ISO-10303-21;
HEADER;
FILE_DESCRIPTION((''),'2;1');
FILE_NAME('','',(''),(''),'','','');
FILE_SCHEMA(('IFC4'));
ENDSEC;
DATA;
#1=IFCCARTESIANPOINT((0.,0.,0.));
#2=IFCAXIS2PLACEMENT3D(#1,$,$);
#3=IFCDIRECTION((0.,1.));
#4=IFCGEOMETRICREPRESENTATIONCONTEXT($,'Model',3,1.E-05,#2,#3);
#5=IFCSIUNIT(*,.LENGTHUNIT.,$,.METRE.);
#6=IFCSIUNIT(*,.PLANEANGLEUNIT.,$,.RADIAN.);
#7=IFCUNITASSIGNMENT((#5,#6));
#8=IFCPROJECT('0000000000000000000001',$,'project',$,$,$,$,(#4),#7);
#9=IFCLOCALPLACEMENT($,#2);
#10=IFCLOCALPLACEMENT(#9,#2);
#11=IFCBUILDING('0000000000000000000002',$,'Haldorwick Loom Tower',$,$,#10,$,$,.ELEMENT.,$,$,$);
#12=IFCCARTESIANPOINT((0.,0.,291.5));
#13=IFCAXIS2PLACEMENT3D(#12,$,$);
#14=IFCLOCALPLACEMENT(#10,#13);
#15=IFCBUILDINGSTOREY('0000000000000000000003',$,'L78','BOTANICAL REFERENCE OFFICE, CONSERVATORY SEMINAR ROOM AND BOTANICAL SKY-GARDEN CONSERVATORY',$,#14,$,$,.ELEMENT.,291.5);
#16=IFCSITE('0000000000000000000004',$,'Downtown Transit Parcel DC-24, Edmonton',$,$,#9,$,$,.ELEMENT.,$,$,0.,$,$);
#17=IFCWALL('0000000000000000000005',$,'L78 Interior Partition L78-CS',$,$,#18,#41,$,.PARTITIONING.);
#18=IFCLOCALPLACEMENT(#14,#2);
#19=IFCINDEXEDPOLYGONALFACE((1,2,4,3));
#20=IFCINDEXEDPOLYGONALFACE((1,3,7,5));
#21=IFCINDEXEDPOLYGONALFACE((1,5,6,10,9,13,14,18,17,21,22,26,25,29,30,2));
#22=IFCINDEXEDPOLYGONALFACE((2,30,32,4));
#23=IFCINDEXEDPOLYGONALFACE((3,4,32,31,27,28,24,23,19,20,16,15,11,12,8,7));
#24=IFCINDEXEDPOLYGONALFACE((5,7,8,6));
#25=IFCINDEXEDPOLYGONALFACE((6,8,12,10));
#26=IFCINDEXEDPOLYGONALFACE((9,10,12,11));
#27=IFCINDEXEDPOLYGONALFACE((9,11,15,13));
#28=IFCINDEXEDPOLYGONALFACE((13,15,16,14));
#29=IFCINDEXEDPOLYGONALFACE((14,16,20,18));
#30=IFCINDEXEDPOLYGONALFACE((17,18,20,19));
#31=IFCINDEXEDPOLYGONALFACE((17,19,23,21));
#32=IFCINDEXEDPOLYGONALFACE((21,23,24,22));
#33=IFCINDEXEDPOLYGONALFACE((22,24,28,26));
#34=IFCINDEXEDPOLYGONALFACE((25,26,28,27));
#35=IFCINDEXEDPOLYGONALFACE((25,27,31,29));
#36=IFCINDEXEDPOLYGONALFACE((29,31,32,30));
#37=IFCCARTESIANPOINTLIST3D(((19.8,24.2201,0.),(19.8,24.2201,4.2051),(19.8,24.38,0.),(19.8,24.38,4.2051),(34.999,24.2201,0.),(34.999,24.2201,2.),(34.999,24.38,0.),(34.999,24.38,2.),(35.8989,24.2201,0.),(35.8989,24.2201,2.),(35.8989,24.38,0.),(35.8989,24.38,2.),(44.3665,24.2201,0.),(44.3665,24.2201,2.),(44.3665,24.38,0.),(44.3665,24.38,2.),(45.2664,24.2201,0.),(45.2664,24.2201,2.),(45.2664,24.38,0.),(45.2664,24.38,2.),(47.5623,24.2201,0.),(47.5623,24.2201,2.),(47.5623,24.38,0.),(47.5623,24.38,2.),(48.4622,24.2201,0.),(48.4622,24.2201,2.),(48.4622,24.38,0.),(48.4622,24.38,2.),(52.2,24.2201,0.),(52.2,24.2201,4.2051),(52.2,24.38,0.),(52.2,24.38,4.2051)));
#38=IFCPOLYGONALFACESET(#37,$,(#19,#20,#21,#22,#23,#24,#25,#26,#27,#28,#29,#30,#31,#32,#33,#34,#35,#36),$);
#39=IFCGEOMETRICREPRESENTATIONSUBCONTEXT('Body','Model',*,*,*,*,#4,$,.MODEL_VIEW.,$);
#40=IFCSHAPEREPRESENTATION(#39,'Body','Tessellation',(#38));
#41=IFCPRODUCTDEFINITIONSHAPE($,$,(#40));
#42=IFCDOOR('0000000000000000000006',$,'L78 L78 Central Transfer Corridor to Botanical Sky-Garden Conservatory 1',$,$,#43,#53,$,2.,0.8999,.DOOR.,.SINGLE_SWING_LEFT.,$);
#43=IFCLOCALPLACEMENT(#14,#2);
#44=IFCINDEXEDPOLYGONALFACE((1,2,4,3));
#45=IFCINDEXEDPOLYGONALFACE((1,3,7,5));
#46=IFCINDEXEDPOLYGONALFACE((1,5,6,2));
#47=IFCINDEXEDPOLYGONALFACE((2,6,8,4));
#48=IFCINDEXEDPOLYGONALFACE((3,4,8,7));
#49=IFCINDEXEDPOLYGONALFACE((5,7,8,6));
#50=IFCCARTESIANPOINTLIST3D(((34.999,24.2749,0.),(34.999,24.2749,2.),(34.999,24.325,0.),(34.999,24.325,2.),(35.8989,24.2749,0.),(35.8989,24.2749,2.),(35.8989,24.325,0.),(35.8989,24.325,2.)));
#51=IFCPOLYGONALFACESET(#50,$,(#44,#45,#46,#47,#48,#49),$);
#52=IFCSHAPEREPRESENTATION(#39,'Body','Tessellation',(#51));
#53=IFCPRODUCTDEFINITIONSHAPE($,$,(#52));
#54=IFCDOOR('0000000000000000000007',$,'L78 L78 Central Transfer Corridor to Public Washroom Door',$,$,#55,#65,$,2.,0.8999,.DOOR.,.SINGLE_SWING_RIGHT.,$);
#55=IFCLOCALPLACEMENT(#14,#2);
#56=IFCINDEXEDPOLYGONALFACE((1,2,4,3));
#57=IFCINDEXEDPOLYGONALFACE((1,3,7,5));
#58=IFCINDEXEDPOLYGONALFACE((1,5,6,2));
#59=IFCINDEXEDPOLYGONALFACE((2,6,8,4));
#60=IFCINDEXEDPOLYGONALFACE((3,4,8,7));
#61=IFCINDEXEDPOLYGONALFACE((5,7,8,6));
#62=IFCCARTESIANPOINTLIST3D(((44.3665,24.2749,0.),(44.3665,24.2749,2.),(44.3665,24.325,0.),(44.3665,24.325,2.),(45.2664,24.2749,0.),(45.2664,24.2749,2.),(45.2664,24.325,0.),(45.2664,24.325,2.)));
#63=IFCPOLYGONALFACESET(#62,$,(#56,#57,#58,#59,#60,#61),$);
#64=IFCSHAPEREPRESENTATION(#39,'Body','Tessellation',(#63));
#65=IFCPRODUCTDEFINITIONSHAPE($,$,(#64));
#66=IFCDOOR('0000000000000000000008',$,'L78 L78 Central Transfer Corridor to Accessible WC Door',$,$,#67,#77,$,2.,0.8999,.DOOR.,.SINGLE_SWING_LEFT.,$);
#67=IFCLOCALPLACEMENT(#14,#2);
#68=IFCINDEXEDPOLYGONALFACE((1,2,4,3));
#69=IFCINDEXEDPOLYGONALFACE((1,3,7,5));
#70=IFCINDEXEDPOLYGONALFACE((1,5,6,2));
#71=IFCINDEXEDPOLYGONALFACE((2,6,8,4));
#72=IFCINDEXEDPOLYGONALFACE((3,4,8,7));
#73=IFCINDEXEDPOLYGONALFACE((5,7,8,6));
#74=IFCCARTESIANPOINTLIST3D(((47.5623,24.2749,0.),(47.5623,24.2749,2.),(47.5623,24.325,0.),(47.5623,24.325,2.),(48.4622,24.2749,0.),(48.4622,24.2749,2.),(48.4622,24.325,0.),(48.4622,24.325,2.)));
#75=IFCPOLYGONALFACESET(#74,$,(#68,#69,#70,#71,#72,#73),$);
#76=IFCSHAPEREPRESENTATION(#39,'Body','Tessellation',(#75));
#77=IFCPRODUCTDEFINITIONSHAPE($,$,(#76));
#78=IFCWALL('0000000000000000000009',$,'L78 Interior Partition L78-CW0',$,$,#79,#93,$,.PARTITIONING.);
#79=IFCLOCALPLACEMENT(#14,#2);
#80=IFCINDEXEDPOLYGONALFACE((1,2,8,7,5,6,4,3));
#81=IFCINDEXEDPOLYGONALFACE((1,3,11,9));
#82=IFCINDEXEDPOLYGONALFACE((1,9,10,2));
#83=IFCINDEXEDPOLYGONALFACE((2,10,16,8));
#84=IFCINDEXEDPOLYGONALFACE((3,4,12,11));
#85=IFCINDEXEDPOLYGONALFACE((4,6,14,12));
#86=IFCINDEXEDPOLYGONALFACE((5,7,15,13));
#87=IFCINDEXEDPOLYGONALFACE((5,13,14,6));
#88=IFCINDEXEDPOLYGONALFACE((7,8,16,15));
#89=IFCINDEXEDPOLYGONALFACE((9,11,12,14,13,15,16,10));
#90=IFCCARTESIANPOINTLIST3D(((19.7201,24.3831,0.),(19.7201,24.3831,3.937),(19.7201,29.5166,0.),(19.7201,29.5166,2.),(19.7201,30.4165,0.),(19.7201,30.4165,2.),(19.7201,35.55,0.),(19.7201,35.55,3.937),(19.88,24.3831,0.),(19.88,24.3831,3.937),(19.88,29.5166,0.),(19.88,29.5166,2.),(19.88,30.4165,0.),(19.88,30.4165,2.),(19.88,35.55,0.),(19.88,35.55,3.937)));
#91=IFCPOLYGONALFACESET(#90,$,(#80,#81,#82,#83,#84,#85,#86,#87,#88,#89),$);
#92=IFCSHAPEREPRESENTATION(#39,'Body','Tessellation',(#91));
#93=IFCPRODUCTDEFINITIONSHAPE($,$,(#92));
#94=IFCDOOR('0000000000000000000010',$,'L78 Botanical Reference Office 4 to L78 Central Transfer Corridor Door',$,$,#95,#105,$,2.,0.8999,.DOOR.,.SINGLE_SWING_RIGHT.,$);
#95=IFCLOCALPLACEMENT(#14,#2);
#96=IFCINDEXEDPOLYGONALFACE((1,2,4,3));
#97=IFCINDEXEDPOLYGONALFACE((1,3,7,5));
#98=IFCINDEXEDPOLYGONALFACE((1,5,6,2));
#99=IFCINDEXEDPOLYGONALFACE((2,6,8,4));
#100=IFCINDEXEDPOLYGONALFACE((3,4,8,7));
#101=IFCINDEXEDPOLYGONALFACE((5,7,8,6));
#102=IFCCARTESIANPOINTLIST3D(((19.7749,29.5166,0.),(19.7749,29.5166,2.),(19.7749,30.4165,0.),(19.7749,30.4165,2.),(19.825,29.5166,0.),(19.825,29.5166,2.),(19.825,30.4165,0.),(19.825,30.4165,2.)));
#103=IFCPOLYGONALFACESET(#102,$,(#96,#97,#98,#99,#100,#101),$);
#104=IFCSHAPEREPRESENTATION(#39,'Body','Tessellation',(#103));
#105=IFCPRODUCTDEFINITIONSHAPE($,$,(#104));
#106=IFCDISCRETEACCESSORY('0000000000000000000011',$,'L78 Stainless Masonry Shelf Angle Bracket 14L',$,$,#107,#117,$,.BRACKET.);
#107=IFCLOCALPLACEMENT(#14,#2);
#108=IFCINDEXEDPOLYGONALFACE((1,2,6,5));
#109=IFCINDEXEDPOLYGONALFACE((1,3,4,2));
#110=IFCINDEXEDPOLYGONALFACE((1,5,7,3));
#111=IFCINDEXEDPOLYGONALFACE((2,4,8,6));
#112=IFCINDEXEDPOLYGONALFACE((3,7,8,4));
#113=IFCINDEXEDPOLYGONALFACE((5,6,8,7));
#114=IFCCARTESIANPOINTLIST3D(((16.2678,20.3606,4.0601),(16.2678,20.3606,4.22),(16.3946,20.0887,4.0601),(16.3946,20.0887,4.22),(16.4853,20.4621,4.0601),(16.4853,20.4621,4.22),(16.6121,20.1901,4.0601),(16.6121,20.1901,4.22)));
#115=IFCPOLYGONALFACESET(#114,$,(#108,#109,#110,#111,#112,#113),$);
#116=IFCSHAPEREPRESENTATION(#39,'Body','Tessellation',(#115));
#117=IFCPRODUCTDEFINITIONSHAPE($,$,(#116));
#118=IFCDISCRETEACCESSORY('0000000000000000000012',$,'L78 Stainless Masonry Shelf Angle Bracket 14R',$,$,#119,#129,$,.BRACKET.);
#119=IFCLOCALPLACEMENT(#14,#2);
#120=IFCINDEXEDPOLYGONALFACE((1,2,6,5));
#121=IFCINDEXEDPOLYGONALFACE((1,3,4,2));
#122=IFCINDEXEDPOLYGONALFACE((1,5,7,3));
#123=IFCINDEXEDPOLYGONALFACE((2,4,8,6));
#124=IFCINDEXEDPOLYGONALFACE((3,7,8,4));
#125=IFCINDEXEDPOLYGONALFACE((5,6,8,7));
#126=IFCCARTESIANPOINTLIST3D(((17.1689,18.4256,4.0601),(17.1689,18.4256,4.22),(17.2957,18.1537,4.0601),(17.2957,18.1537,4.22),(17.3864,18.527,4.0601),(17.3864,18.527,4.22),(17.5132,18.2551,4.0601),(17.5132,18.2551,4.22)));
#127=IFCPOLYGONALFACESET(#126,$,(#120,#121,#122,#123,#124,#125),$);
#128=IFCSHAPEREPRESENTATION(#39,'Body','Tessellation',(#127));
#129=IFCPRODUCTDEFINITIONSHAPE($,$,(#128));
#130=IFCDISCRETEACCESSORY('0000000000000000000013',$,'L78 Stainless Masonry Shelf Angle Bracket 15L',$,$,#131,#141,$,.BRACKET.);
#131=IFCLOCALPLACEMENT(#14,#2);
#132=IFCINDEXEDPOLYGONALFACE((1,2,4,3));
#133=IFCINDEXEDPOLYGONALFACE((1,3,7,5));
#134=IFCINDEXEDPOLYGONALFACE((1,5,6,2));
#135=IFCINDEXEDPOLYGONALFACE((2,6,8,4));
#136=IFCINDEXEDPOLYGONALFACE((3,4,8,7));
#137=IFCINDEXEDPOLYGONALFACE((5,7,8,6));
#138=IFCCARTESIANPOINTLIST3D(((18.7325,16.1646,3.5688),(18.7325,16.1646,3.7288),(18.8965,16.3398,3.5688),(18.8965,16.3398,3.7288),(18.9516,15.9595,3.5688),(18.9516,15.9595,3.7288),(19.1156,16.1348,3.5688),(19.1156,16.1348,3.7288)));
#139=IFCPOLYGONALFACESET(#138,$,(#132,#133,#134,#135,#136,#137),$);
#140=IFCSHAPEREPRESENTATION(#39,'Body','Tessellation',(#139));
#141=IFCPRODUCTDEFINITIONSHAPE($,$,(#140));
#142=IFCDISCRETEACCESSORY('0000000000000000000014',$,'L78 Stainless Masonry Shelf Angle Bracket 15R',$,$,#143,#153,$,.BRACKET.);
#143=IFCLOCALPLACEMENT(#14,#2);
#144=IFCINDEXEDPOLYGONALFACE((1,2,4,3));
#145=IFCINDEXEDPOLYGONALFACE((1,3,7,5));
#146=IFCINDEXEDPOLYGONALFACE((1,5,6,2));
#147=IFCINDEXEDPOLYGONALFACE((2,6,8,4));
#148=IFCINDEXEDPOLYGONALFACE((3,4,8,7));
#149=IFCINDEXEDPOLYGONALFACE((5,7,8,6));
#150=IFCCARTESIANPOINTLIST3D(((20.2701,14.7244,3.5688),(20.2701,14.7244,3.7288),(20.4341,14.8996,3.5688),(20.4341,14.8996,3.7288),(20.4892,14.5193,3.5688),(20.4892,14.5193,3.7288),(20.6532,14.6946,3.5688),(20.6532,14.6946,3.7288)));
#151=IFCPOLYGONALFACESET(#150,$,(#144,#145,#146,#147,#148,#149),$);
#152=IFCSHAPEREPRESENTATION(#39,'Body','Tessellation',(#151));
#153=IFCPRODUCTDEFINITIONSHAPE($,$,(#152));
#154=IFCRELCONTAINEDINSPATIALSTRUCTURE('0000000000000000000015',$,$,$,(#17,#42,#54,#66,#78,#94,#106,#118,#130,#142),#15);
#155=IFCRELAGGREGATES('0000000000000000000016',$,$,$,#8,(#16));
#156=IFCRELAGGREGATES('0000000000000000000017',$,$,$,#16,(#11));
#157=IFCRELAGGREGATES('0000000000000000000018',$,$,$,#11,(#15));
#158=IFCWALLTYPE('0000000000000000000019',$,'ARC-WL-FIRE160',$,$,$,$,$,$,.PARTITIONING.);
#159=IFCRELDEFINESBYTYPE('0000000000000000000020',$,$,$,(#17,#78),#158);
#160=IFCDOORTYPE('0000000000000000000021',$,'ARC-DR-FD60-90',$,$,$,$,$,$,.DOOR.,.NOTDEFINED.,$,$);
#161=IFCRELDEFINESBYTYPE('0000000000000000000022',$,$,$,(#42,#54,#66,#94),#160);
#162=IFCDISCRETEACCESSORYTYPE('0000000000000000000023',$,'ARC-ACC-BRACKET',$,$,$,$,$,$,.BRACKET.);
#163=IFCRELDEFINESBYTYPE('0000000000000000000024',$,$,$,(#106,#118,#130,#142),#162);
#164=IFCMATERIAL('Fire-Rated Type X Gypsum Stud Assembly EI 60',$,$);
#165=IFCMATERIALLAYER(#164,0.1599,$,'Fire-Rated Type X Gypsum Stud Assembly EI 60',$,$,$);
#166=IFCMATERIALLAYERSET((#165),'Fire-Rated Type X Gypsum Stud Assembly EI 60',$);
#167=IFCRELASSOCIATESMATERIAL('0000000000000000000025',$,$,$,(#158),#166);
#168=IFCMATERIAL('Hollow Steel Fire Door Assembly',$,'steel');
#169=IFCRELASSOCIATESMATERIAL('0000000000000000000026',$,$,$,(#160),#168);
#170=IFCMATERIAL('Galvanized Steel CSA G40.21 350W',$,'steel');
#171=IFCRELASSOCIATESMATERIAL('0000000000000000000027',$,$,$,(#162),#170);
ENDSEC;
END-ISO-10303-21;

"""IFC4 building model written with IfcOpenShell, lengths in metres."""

from ifc_helpers import new_model, si_unit, direction, frame, frame_2d, origin, origin_2d, place, context, subcontext, project, spatial, rectangle, extrude, material, layer, layer_set, type_object, element, fill, save


model = new_model("IFC4")

# Units and contexts
model_context = context("Model", 3, precision=1e-05, world=origin(), true_north=direction((0.0, 1.0)))
body_context = subcontext(model_context, "Body", "Model", "MODEL_VIEW")
ifc_project = project(units=[si_unit("LENGTHUNIT", "METRE"), si_unit("PLANEANGLEUNIT", "RADIAN")], contexts=[model_context])

# Site, building, storey
site_placement = place(None, origin())
site = spatial("IfcSite", under=ifc_project, at=site_placement, Name="Downtown Transit Parcel DC-24, Edmonton", CompositionType="ELEMENT", RefElevation=0.0)
building_placement = place(site_placement, origin())
building = spatial("IfcBuilding", under=site, at=building_placement, Name="Haldorwick Loom Tower", CompositionType="ELEMENT")
storey_placement = place(building_placement, frame((0.0, 0.0, 291.5)))
storey = spatial("IfcBuildingStorey", under=building, at=storey_placement, Name="L78", Description="BOTANICAL REFERENCE OFFICE, CONSERVATORY SEMINAR ROOM AND BOTANICAL SKY-GARDEN CONSERVATORY", CompositionType="ELEMENT", Elevation=291.5)

# Wall, openings, doors
ifc_material_1 = material(Name="Fire-Rated Type X Gypsum Stud Assembly EI 60")
ifc_layer_1 = layer(ifc_material_1, 0.1599, Name="Fire-Rated Type X Gypsum Stud Assembly EI 60")
ifc_layer_set_1 = layer_set([ifc_layer_1], Name="Fire-Rated Type X Gypsum Stud Assembly EI 60")
wall_type_1 = type_object("IfcWallType", Name="ARC-WL-FIRE160", PredefinedType="PARTITIONING", material=ifc_layer_set_1)
wall_1_placement = place(storey_placement, frame((19.8, 24.3, 0.0), z_axis=(0.0, 0.0, 1.0), x_axis=(1.0, 0.0, 0.0)))
wall_1 = element("IfcWall", 1, at=wall_1_placement, inside=storey, type_object=wall_type_1, Name="L78 Interior Partition L78-CS", PredefinedType="PARTITIONING", context=body_context, shape_type="SweptSolid", body=[
    extrude(rectangle(XDim=32.3999, YDim=0.1599, at=frame_2d((16.2, 0.0))), origin(), (0.0, 0.0, 1.0), 4.2051),
])
opening_1_placement = place(wall_1_placement, frame((15.199, 0.0, 0.0)))
opening_1 = element("IfcOpeningElement", 2, at=opening_1_placement, cuts=wall_1, PredefinedType="OPENING", context=body_context, shape_type="SweptSolid", body=[
    extrude(rectangle(XDim=0.8999, YDim=2.0, at=frame_2d((0.45, 1.0))), frame((0.0, 0.0898, 0.0), z_axis=(0.0, -1.0, 0.0), x_axis=(1.0, 0.0, 0.0)), (0.0, 0.0, 1.0), 0.1799),
])
opening_2_placement = place(wall_1_placement, frame((24.5664, 0.0, 0.0)))
opening_2 = element("IfcOpeningElement", 3, at=opening_2_placement, cuts=wall_1, PredefinedType="OPENING", context=body_context, shape_type="SweptSolid", body=[
    extrude(rectangle(XDim=0.8999, YDim=2.0, at=frame_2d((0.45, 1.0))), frame((0.0, 0.0898, 0.0), z_axis=(0.0, -1.0, 0.0), x_axis=(1.0, 0.0, 0.0)), (0.0, 0.0, 1.0), 0.1799),
])
opening_3_placement = place(wall_1_placement, frame((27.7622, 0.0, 0.0)))
opening_3 = element("IfcOpeningElement", 4, at=opening_3_placement, cuts=wall_1, PredefinedType="OPENING", context=body_context, shape_type="SweptSolid", body=[
    extrude(rectangle(XDim=0.8999, YDim=2.0, at=frame_2d((0.45, 1.0))), frame((0.0, 0.0898, 0.0), z_axis=(0.0, -1.0, 0.0), x_axis=(1.0, 0.0, 0.0)), (0.0, 0.0, 1.0), 0.1799),
])
ifc_material_2 = material(Name="Hollow Steel Fire Door Assembly", Category="steel")
door_type = type_object("IfcDoorType", Name="ARC-DR-FD60-90", OperationType="NOTDEFINED", PredefinedType="DOOR", material=ifc_material_2)
door_1_placement = place(opening_1_placement, origin())
door_1 = element("IfcDoor", 5, at=door_1_placement, inside=storey, type_object=door_type, Name="L78 L78 Central Transfer Corridor to Botanical Sky-Garden Conservatory 1", OperationType="SINGLE_SWING_LEFT", OverallHeight=2.0, OverallWidth=0.8999, PredefinedType="DOOR", context=body_context, shape_type="SweptSolid", body=[
    extrude(rectangle(XDim=0.8999, YDim=2.0, at=frame_2d((0.45, 1.0))), frame((0.0, 0.0249, 0.0), z_axis=(0.0, -1.0, 0.0), x_axis=(1.0, 0.0, 0.0)), (0.0, 0.0, 1.0), 0.05),
])
fill(opening_1, door_1)
door_2_placement = place(opening_2_placement, origin())
door_2 = element("IfcDoor", 6, at=door_2_placement, inside=storey, type_object=door_type, Name="L78 L78 Central Transfer Corridor to Public Washroom Door", OperationType="SINGLE_SWING_RIGHT", OverallHeight=2.0, OverallWidth=0.8999, PredefinedType="DOOR", context=body_context, shape_type="SweptSolid", body=[
    extrude(rectangle(XDim=0.8999, YDim=2.0, at=frame_2d((0.45, 1.0))), frame((0.0, 0.0249, 0.0), z_axis=(0.0, -1.0, 0.0), x_axis=(1.0, 0.0, 0.0)), (0.0, 0.0, 1.0), 0.05),
])
fill(opening_2, door_2)
door_3_placement = place(opening_3_placement, origin())
door_3 = element("IfcDoor", 7, at=door_3_placement, inside=storey, type_object=door_type, Name="L78 L78 Central Transfer Corridor to Accessible WC Door", OperationType="SINGLE_SWING_LEFT", OverallHeight=2.0, OverallWidth=0.8999, PredefinedType="DOOR", context=body_context, shape_type="SweptSolid", body=[
    extrude(rectangle(XDim=0.8999, YDim=2.0, at=frame_2d((0.45, 1.0))), frame((0.0, 0.0249, 0.0), z_axis=(0.0, -1.0, 0.0), x_axis=(1.0, 0.0, 0.0)), (0.0, 0.0, 1.0), 0.05),
])
fill(opening_3, door_3)

# Wall, opening, door
wall_2_placement = place(storey_placement, frame((19.8, 24.3831, 0.0), z_axis=(0.0, 0.0, 1.0), x_axis=(0.0, 1.0, 0.0)))
wall_2 = element("IfcWall", 8, at=wall_2_placement, inside=storey, type_object=wall_type_1, Name="L78 Interior Partition L78-CW0", PredefinedType="PARTITIONING", context=body_context, shape_type="SweptSolid", body=[
    extrude(rectangle(XDim=11.167, YDim=0.1599, at=frame_2d((5.5835, 0.0))), origin(), (0.0, 0.0, 1.0), 3.937),
])
opening_4_placement = place(wall_2_placement, frame((5.1335, 0.0, 0.0)))
opening_4 = element("IfcOpeningElement", 9, at=opening_4_placement, cuts=wall_2, PredefinedType="OPENING", context=body_context, shape_type="SweptSolid", body=[
    extrude(rectangle(XDim=0.8999, YDim=2.0, at=frame_2d((0.45, 1.0))), frame((0.0, 0.0898, 0.0), z_axis=(0.0, -1.0, 0.0), x_axis=(1.0, 0.0, 0.0)), (0.0, 0.0, 1.0), 0.1799),
])
door_4_placement = place(opening_4_placement, frame((0.8999, 0.0, 0.0), z_axis=(0.0, 0.0, 1.0), x_axis=(-1.0, 0.0, 0.0)))
door_4 = element("IfcDoor", 10, at=door_4_placement, inside=storey, type_object=door_type, Name="L78 Botanical Reference Office 4 to L78 Central Transfer Corridor Door", OperationType="SINGLE_SWING_RIGHT", OverallHeight=2.0, OverallWidth=0.8999, PredefinedType="DOOR", context=body_context, shape_type="SweptSolid", body=[
    extrude(rectangle(XDim=0.8999, YDim=2.0, at=frame_2d((0.45, 1.0))), frame((0.0, 0.0249, 0.0), z_axis=(0.0, -1.0, 0.0), x_axis=(1.0, 0.0, 0.0)), (0.0, 0.0, 1.0), 0.05),
])
fill(opening_4, door_4)

# Discrete accessories
ifc_material_3 = material(Name="Galvanized Steel CSA G40.21 350W", Category="steel")
discrete_accessory_type = type_object("IfcDiscreteAccessoryType", Name="ARC-ACC-BRACKET", PredefinedType="BRACKET", material=ifc_material_3)
for number, where, z_axis, x_axis, name in (
    (11, (16.4399, 20.2754, 4.0601), (0.0, 0.0, 1.0), (0.422618, -0.906308, 0.0), "L78 Stainless Masonry Shelf Angle Bracket 14L"),
    (12, (17.3411, 18.3403, 4.0601), (0.0, 0.0, 1.0), (0.422618, -0.906308, 0.0), "L78 Stainless Masonry Shelf Angle Bracket 14R"),
    (13, (18.9241, 16.1497, 3.5688), (0.0, 0.0, 1.0), (0.730162, -0.683274, 0.0), "L78 Stainless Masonry Shelf Angle Bracket 15L"),
    (14, (20.4617, 14.7095, 3.5688), (0.0, 0.0, 1.0), (0.730162, -0.683274, 0.0), "L78 Stainless Masonry Shelf Angle Bracket 15R"),
):
    element("IfcDiscreteAccessory", number, at=place(storey_placement, frame(where, z_axis=z_axis, x_axis=x_axis)), inside=storey, type_object=discrete_accessory_type, Name=name, PredefinedType="BRACKET", context=body_context, shape_type="SweptSolid", body=[
        extrude(rectangle(XDim=0.3, YDim=0.24, at=origin_2d()), origin(), (0.0, 0.0, 1.0), 0.1599),
    ])

save(model, "model.ifc")
